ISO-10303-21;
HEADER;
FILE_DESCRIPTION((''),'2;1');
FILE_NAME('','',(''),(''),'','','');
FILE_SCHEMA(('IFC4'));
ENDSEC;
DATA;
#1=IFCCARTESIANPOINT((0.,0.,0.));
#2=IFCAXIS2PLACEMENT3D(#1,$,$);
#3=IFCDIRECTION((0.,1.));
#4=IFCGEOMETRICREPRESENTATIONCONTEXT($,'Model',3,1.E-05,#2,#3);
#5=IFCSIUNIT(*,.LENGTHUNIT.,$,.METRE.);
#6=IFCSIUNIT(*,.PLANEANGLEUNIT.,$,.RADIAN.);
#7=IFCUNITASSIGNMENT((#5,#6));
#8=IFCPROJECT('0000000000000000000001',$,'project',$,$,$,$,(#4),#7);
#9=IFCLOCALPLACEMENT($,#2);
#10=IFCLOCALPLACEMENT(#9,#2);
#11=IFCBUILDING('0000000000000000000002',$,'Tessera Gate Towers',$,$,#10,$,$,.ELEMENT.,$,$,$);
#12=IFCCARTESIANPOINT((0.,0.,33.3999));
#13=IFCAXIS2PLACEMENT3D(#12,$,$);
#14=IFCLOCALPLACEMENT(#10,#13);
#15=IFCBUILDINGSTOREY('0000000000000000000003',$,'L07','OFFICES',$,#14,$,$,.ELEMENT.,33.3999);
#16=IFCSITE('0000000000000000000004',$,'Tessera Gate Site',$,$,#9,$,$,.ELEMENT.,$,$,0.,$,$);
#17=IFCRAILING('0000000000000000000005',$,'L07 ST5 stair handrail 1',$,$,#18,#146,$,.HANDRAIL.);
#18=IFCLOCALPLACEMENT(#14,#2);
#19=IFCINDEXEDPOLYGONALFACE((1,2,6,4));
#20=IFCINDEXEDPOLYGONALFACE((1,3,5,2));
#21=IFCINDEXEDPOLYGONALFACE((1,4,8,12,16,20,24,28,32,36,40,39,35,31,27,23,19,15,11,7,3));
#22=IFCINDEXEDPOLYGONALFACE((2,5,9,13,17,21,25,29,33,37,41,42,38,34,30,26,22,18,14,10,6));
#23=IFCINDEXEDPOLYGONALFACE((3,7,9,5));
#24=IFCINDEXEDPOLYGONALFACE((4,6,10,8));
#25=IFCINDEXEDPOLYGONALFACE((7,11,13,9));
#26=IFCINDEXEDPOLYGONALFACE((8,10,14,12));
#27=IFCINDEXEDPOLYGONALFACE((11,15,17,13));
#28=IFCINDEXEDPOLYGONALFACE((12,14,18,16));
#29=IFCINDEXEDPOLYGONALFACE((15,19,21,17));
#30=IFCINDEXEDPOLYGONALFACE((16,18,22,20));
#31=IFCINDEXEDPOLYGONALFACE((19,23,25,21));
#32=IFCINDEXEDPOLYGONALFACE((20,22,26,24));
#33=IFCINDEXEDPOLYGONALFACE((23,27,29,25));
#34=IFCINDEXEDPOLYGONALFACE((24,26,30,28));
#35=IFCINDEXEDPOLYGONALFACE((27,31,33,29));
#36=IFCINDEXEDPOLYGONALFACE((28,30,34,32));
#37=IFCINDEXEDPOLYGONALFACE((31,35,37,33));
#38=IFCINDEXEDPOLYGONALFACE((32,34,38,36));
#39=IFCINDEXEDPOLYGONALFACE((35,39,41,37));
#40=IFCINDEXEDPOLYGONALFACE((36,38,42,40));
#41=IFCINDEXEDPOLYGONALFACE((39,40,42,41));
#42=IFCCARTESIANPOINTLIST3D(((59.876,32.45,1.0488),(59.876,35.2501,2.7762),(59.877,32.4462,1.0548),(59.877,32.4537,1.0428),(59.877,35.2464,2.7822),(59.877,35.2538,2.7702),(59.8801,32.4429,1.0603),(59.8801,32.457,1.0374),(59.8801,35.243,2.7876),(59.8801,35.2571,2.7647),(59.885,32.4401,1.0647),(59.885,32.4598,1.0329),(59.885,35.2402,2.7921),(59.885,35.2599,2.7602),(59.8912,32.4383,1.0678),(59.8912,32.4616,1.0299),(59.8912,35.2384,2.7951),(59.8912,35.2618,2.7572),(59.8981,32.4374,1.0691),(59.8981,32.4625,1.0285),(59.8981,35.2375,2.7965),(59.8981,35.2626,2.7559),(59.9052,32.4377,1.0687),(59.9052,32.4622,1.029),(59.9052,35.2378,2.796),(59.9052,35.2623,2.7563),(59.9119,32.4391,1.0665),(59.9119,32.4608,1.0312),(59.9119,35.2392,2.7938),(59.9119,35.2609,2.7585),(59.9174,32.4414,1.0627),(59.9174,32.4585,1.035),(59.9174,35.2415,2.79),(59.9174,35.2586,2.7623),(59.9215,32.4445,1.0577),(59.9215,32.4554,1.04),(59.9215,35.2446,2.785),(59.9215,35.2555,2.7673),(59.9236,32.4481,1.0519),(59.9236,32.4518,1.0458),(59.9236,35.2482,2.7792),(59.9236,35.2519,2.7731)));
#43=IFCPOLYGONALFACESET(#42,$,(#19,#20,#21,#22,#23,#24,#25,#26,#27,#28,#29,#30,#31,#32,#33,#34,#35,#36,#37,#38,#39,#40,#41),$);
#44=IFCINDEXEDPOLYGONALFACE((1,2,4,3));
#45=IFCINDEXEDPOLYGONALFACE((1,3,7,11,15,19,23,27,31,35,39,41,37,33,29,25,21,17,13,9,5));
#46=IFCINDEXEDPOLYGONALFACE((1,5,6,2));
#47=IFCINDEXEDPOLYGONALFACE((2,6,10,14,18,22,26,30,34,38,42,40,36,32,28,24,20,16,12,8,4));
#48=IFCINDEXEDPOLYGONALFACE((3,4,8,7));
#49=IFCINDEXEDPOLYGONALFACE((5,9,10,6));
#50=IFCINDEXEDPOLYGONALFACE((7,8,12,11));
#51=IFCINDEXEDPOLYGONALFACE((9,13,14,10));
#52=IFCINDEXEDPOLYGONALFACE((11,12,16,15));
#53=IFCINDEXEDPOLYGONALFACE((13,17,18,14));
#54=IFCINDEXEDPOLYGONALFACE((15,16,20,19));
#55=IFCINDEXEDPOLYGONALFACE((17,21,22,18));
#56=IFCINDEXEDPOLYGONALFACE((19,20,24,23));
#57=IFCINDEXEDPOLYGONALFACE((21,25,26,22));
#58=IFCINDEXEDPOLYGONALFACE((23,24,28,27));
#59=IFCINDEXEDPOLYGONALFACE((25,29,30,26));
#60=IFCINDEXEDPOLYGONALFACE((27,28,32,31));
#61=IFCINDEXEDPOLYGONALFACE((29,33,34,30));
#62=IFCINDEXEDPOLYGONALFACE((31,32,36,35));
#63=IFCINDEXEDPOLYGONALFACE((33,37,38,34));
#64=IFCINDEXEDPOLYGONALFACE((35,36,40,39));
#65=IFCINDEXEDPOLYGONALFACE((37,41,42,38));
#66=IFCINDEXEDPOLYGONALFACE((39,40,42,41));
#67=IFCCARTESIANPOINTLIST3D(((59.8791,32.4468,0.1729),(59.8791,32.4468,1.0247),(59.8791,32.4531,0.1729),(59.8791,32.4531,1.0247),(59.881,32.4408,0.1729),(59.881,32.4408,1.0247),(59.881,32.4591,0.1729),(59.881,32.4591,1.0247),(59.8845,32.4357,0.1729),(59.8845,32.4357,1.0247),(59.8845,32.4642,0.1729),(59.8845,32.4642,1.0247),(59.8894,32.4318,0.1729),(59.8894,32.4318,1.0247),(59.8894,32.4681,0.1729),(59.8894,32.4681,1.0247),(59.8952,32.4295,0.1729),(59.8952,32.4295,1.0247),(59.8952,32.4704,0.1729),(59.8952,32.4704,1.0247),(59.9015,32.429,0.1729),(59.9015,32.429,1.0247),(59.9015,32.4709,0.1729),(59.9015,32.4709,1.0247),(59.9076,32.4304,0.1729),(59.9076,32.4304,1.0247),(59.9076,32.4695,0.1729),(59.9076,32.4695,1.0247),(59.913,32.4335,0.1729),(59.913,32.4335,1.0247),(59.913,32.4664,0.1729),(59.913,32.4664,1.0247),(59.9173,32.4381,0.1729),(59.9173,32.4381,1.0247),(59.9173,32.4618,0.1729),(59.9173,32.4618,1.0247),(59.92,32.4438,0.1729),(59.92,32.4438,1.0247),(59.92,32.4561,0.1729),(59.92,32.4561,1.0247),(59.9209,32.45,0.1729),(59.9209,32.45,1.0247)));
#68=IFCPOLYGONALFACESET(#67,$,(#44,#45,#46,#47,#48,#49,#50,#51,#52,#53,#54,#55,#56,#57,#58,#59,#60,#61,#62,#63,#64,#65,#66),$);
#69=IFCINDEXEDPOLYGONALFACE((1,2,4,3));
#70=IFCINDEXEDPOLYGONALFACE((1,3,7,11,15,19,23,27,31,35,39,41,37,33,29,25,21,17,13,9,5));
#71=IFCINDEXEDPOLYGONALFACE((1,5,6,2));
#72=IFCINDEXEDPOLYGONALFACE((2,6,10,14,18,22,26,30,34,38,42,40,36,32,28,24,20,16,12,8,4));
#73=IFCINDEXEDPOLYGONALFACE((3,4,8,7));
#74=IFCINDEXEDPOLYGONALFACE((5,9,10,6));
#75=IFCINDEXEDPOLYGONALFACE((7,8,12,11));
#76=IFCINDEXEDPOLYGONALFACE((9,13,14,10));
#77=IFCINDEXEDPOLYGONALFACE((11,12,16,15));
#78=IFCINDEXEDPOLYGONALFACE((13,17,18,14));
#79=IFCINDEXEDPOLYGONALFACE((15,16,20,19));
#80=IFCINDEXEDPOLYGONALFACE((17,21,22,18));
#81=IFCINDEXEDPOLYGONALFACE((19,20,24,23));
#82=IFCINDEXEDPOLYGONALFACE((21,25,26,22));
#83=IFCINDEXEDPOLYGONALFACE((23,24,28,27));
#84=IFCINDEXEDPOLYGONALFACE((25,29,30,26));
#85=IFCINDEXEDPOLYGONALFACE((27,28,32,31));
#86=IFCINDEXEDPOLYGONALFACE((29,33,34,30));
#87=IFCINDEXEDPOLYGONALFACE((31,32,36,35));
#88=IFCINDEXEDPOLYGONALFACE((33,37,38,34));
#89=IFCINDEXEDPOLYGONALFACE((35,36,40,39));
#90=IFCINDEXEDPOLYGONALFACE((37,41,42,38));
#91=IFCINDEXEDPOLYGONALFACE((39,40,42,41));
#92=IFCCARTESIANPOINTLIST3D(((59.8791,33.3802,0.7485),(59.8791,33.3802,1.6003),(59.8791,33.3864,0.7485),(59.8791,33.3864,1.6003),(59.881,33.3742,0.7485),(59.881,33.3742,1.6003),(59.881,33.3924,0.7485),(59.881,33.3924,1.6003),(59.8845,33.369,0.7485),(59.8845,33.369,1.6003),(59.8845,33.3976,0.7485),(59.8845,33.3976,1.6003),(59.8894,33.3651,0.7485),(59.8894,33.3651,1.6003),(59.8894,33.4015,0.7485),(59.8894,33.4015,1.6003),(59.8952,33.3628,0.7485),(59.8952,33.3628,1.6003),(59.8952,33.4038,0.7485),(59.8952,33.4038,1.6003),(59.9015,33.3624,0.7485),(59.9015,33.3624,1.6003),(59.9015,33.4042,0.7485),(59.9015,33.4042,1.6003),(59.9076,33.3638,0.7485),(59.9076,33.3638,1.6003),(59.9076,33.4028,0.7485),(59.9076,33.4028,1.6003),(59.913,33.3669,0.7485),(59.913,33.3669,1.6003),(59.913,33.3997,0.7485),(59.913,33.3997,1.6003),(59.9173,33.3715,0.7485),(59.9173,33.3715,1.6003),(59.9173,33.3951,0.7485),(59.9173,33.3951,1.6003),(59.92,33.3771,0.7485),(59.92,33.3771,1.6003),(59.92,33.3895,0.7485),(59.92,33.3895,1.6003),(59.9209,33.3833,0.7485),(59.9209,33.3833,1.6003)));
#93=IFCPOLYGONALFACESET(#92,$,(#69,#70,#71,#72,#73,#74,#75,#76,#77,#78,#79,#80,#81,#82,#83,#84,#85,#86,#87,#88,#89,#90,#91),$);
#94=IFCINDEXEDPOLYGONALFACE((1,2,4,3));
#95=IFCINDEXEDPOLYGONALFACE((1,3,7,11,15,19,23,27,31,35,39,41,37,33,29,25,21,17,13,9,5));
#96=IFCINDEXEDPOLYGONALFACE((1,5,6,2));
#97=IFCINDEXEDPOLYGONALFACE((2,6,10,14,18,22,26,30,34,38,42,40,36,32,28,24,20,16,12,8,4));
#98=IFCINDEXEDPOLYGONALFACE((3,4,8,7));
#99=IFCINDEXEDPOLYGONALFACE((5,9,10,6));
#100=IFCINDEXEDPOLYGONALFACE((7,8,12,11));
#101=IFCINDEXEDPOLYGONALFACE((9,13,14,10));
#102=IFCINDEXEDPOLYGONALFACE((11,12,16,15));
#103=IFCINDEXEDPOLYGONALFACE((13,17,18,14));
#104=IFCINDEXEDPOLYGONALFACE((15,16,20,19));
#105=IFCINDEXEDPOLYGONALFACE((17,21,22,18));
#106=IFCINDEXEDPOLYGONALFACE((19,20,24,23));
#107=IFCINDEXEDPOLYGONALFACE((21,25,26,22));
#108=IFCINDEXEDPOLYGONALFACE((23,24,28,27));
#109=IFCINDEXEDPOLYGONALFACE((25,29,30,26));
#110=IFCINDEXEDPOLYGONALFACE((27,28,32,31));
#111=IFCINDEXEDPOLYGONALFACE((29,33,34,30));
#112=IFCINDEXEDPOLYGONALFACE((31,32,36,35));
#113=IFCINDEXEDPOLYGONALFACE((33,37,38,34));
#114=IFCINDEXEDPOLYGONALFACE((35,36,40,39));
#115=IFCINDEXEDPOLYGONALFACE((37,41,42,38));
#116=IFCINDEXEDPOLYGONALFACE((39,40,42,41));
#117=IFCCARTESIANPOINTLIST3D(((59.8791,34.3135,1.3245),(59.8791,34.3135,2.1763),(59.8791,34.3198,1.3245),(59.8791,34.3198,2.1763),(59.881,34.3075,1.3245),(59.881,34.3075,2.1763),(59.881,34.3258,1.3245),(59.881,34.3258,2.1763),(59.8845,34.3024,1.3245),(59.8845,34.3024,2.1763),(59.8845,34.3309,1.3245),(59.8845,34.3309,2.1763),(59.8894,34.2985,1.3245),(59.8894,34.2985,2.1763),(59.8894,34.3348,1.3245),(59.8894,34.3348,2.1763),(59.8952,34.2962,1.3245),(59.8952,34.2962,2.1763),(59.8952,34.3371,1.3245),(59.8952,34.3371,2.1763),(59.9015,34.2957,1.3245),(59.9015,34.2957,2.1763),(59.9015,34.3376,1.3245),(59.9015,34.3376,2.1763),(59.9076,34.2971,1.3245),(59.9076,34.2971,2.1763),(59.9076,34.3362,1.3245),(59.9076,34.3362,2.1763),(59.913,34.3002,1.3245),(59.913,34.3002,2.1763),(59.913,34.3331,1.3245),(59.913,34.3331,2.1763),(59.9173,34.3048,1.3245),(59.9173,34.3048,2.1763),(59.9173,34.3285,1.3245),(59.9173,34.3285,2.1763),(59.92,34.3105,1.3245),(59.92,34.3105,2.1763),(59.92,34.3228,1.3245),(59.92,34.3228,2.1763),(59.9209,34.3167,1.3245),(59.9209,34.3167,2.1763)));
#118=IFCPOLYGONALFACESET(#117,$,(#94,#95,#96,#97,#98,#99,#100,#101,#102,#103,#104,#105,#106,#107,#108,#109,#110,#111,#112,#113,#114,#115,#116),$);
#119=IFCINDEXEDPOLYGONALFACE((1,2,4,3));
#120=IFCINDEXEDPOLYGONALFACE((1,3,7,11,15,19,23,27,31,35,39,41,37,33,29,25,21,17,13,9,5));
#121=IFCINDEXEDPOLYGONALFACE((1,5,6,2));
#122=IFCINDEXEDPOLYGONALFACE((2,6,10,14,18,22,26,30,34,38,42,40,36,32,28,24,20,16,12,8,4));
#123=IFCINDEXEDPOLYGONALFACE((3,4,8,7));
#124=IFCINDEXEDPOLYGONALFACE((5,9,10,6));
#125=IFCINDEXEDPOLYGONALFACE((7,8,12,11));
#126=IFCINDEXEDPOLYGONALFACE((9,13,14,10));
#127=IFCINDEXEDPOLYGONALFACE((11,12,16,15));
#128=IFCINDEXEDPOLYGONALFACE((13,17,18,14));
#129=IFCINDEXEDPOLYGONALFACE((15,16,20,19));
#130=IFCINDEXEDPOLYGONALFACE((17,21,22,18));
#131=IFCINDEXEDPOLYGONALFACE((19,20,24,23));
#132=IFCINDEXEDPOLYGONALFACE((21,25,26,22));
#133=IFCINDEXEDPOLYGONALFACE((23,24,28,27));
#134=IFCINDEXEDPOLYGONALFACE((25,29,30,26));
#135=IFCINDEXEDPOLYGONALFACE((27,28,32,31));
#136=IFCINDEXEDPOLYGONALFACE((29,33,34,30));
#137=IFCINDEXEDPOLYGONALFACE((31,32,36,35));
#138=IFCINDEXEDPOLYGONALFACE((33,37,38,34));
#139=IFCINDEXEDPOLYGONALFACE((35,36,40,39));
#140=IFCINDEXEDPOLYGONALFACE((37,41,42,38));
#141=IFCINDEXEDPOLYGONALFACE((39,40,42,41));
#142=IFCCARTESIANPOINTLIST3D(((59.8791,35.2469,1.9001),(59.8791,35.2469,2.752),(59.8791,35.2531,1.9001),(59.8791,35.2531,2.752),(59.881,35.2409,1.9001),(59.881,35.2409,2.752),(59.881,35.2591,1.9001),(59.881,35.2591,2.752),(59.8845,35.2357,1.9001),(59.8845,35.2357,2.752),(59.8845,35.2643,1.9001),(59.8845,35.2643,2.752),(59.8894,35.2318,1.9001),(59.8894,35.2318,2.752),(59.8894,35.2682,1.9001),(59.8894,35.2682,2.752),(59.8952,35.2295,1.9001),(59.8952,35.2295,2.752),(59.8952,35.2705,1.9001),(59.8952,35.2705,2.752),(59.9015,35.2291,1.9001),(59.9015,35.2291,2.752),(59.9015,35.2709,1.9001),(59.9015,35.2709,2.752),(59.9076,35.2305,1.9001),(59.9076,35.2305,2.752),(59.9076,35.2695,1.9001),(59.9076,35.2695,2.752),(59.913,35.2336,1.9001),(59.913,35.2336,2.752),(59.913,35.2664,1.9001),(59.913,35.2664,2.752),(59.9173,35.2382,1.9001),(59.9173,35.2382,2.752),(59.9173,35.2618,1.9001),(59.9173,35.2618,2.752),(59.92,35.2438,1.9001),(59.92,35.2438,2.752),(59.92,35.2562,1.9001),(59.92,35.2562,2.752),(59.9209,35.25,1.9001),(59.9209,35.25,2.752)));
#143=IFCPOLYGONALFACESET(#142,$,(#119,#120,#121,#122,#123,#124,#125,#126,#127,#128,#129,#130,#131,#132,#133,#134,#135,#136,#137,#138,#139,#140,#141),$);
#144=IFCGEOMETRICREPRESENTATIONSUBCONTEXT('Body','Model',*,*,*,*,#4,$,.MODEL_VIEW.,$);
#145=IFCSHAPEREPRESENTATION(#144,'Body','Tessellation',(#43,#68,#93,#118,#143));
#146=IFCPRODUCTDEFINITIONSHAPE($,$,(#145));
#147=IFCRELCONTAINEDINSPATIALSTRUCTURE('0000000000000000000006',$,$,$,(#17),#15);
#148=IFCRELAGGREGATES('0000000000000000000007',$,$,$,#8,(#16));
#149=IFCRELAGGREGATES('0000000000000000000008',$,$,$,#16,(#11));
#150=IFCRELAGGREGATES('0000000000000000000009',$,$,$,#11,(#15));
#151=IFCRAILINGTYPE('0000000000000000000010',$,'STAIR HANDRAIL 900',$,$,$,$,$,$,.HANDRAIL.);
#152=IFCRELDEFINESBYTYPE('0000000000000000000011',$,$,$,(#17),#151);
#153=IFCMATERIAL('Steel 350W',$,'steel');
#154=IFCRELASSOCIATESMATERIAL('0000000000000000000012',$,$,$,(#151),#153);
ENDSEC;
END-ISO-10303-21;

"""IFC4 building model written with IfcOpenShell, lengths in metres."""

from ifc_helpers import new_model, si_unit, direction, frame, origin, origin_2d, place, context, subcontext, project, spatial, circle, extrude, material, type_object, element, save


model = new_model("IFC4")

# Units and contexts
model_context = context("Model", 3, precision=1e-05, world=origin(), true_north=direction((0.0, 1.0)))
body_context = subcontext(model_context, "Body", "Model", "MODEL_VIEW")
ifc_project = project(units=[si_unit("LENGTHUNIT", "METRE"), si_unit("PLANEANGLEUNIT", "RADIAN")], contexts=[model_context])

# Site, building, storey
site_placement = place(None, origin())
site = spatial("IfcSite", under=ifc_project, at=site_placement, Name="Tessera Gate Site", CompositionType="ELEMENT", RefElevation=0.0)
building_placement = place(site_placement, origin())
building = spatial("IfcBuilding", under=site, at=building_placement, Name="Tessera Gate Towers", CompositionType="ELEMENT")
storey_placement = place(building_placement, frame((0.0, 0.0, 33.3999)))
storey = spatial("IfcBuildingStorey", under=building, at=storey_placement, Name="L07", Description="OFFICES", CompositionType="ELEMENT", Elevation=33.3999)

# Railing
ifc_material_1 = material(Name="Steel 350W", Category="steel")
railing_type_1 = type_object("IfcRailingType", Name="STAIR HANDRAIL 900", PredefinedType="HANDRAIL", material=ifc_material_1)
for number, where, name in (
    (1, (59.8999, 32.45, 0.1729), "L07 ST5 stair handrail 1"),
):
    element("IfcRailing", number, at=place(storey_placement, frame(where)), inside=storey, type_object=railing_type_1, Name=name, PredefinedType="HANDRAIL", context=body_context, shape_type="SweptSolid", body=[
        extrude(circle(Radius=0.0239, at=origin_2d()), frame((0.0, 0.0, 0.876), z_axis=(0.0, 0.85109, 0.52502), x_axis=(-1.0, 0.0, 0.0)), (0.0, 0.0, 1.0), 3.29),
        extrude(circle(Radius=0.021, at=origin_2d()), origin(), (0.0, 0.0, 1.0), 0.8518),
        extrude(circle(Radius=0.021, at=origin_2d()), frame((0.0, 0.9333, 0.5757)), (0.0, 0.0, 1.0), 0.8518),
        extrude(circle(Radius=0.021, at=origin_2d()), frame((0.0, 1.8667, 1.1516)), (0.0, 0.0, 1.0), 0.8518),
        extrude(circle(Radius=0.021, at=origin_2d()), frame((0.0, 2.8, 1.7273)), (0.0, 0.0, 1.0), 0.8518),
    ])

save(model, "model.ifc")
